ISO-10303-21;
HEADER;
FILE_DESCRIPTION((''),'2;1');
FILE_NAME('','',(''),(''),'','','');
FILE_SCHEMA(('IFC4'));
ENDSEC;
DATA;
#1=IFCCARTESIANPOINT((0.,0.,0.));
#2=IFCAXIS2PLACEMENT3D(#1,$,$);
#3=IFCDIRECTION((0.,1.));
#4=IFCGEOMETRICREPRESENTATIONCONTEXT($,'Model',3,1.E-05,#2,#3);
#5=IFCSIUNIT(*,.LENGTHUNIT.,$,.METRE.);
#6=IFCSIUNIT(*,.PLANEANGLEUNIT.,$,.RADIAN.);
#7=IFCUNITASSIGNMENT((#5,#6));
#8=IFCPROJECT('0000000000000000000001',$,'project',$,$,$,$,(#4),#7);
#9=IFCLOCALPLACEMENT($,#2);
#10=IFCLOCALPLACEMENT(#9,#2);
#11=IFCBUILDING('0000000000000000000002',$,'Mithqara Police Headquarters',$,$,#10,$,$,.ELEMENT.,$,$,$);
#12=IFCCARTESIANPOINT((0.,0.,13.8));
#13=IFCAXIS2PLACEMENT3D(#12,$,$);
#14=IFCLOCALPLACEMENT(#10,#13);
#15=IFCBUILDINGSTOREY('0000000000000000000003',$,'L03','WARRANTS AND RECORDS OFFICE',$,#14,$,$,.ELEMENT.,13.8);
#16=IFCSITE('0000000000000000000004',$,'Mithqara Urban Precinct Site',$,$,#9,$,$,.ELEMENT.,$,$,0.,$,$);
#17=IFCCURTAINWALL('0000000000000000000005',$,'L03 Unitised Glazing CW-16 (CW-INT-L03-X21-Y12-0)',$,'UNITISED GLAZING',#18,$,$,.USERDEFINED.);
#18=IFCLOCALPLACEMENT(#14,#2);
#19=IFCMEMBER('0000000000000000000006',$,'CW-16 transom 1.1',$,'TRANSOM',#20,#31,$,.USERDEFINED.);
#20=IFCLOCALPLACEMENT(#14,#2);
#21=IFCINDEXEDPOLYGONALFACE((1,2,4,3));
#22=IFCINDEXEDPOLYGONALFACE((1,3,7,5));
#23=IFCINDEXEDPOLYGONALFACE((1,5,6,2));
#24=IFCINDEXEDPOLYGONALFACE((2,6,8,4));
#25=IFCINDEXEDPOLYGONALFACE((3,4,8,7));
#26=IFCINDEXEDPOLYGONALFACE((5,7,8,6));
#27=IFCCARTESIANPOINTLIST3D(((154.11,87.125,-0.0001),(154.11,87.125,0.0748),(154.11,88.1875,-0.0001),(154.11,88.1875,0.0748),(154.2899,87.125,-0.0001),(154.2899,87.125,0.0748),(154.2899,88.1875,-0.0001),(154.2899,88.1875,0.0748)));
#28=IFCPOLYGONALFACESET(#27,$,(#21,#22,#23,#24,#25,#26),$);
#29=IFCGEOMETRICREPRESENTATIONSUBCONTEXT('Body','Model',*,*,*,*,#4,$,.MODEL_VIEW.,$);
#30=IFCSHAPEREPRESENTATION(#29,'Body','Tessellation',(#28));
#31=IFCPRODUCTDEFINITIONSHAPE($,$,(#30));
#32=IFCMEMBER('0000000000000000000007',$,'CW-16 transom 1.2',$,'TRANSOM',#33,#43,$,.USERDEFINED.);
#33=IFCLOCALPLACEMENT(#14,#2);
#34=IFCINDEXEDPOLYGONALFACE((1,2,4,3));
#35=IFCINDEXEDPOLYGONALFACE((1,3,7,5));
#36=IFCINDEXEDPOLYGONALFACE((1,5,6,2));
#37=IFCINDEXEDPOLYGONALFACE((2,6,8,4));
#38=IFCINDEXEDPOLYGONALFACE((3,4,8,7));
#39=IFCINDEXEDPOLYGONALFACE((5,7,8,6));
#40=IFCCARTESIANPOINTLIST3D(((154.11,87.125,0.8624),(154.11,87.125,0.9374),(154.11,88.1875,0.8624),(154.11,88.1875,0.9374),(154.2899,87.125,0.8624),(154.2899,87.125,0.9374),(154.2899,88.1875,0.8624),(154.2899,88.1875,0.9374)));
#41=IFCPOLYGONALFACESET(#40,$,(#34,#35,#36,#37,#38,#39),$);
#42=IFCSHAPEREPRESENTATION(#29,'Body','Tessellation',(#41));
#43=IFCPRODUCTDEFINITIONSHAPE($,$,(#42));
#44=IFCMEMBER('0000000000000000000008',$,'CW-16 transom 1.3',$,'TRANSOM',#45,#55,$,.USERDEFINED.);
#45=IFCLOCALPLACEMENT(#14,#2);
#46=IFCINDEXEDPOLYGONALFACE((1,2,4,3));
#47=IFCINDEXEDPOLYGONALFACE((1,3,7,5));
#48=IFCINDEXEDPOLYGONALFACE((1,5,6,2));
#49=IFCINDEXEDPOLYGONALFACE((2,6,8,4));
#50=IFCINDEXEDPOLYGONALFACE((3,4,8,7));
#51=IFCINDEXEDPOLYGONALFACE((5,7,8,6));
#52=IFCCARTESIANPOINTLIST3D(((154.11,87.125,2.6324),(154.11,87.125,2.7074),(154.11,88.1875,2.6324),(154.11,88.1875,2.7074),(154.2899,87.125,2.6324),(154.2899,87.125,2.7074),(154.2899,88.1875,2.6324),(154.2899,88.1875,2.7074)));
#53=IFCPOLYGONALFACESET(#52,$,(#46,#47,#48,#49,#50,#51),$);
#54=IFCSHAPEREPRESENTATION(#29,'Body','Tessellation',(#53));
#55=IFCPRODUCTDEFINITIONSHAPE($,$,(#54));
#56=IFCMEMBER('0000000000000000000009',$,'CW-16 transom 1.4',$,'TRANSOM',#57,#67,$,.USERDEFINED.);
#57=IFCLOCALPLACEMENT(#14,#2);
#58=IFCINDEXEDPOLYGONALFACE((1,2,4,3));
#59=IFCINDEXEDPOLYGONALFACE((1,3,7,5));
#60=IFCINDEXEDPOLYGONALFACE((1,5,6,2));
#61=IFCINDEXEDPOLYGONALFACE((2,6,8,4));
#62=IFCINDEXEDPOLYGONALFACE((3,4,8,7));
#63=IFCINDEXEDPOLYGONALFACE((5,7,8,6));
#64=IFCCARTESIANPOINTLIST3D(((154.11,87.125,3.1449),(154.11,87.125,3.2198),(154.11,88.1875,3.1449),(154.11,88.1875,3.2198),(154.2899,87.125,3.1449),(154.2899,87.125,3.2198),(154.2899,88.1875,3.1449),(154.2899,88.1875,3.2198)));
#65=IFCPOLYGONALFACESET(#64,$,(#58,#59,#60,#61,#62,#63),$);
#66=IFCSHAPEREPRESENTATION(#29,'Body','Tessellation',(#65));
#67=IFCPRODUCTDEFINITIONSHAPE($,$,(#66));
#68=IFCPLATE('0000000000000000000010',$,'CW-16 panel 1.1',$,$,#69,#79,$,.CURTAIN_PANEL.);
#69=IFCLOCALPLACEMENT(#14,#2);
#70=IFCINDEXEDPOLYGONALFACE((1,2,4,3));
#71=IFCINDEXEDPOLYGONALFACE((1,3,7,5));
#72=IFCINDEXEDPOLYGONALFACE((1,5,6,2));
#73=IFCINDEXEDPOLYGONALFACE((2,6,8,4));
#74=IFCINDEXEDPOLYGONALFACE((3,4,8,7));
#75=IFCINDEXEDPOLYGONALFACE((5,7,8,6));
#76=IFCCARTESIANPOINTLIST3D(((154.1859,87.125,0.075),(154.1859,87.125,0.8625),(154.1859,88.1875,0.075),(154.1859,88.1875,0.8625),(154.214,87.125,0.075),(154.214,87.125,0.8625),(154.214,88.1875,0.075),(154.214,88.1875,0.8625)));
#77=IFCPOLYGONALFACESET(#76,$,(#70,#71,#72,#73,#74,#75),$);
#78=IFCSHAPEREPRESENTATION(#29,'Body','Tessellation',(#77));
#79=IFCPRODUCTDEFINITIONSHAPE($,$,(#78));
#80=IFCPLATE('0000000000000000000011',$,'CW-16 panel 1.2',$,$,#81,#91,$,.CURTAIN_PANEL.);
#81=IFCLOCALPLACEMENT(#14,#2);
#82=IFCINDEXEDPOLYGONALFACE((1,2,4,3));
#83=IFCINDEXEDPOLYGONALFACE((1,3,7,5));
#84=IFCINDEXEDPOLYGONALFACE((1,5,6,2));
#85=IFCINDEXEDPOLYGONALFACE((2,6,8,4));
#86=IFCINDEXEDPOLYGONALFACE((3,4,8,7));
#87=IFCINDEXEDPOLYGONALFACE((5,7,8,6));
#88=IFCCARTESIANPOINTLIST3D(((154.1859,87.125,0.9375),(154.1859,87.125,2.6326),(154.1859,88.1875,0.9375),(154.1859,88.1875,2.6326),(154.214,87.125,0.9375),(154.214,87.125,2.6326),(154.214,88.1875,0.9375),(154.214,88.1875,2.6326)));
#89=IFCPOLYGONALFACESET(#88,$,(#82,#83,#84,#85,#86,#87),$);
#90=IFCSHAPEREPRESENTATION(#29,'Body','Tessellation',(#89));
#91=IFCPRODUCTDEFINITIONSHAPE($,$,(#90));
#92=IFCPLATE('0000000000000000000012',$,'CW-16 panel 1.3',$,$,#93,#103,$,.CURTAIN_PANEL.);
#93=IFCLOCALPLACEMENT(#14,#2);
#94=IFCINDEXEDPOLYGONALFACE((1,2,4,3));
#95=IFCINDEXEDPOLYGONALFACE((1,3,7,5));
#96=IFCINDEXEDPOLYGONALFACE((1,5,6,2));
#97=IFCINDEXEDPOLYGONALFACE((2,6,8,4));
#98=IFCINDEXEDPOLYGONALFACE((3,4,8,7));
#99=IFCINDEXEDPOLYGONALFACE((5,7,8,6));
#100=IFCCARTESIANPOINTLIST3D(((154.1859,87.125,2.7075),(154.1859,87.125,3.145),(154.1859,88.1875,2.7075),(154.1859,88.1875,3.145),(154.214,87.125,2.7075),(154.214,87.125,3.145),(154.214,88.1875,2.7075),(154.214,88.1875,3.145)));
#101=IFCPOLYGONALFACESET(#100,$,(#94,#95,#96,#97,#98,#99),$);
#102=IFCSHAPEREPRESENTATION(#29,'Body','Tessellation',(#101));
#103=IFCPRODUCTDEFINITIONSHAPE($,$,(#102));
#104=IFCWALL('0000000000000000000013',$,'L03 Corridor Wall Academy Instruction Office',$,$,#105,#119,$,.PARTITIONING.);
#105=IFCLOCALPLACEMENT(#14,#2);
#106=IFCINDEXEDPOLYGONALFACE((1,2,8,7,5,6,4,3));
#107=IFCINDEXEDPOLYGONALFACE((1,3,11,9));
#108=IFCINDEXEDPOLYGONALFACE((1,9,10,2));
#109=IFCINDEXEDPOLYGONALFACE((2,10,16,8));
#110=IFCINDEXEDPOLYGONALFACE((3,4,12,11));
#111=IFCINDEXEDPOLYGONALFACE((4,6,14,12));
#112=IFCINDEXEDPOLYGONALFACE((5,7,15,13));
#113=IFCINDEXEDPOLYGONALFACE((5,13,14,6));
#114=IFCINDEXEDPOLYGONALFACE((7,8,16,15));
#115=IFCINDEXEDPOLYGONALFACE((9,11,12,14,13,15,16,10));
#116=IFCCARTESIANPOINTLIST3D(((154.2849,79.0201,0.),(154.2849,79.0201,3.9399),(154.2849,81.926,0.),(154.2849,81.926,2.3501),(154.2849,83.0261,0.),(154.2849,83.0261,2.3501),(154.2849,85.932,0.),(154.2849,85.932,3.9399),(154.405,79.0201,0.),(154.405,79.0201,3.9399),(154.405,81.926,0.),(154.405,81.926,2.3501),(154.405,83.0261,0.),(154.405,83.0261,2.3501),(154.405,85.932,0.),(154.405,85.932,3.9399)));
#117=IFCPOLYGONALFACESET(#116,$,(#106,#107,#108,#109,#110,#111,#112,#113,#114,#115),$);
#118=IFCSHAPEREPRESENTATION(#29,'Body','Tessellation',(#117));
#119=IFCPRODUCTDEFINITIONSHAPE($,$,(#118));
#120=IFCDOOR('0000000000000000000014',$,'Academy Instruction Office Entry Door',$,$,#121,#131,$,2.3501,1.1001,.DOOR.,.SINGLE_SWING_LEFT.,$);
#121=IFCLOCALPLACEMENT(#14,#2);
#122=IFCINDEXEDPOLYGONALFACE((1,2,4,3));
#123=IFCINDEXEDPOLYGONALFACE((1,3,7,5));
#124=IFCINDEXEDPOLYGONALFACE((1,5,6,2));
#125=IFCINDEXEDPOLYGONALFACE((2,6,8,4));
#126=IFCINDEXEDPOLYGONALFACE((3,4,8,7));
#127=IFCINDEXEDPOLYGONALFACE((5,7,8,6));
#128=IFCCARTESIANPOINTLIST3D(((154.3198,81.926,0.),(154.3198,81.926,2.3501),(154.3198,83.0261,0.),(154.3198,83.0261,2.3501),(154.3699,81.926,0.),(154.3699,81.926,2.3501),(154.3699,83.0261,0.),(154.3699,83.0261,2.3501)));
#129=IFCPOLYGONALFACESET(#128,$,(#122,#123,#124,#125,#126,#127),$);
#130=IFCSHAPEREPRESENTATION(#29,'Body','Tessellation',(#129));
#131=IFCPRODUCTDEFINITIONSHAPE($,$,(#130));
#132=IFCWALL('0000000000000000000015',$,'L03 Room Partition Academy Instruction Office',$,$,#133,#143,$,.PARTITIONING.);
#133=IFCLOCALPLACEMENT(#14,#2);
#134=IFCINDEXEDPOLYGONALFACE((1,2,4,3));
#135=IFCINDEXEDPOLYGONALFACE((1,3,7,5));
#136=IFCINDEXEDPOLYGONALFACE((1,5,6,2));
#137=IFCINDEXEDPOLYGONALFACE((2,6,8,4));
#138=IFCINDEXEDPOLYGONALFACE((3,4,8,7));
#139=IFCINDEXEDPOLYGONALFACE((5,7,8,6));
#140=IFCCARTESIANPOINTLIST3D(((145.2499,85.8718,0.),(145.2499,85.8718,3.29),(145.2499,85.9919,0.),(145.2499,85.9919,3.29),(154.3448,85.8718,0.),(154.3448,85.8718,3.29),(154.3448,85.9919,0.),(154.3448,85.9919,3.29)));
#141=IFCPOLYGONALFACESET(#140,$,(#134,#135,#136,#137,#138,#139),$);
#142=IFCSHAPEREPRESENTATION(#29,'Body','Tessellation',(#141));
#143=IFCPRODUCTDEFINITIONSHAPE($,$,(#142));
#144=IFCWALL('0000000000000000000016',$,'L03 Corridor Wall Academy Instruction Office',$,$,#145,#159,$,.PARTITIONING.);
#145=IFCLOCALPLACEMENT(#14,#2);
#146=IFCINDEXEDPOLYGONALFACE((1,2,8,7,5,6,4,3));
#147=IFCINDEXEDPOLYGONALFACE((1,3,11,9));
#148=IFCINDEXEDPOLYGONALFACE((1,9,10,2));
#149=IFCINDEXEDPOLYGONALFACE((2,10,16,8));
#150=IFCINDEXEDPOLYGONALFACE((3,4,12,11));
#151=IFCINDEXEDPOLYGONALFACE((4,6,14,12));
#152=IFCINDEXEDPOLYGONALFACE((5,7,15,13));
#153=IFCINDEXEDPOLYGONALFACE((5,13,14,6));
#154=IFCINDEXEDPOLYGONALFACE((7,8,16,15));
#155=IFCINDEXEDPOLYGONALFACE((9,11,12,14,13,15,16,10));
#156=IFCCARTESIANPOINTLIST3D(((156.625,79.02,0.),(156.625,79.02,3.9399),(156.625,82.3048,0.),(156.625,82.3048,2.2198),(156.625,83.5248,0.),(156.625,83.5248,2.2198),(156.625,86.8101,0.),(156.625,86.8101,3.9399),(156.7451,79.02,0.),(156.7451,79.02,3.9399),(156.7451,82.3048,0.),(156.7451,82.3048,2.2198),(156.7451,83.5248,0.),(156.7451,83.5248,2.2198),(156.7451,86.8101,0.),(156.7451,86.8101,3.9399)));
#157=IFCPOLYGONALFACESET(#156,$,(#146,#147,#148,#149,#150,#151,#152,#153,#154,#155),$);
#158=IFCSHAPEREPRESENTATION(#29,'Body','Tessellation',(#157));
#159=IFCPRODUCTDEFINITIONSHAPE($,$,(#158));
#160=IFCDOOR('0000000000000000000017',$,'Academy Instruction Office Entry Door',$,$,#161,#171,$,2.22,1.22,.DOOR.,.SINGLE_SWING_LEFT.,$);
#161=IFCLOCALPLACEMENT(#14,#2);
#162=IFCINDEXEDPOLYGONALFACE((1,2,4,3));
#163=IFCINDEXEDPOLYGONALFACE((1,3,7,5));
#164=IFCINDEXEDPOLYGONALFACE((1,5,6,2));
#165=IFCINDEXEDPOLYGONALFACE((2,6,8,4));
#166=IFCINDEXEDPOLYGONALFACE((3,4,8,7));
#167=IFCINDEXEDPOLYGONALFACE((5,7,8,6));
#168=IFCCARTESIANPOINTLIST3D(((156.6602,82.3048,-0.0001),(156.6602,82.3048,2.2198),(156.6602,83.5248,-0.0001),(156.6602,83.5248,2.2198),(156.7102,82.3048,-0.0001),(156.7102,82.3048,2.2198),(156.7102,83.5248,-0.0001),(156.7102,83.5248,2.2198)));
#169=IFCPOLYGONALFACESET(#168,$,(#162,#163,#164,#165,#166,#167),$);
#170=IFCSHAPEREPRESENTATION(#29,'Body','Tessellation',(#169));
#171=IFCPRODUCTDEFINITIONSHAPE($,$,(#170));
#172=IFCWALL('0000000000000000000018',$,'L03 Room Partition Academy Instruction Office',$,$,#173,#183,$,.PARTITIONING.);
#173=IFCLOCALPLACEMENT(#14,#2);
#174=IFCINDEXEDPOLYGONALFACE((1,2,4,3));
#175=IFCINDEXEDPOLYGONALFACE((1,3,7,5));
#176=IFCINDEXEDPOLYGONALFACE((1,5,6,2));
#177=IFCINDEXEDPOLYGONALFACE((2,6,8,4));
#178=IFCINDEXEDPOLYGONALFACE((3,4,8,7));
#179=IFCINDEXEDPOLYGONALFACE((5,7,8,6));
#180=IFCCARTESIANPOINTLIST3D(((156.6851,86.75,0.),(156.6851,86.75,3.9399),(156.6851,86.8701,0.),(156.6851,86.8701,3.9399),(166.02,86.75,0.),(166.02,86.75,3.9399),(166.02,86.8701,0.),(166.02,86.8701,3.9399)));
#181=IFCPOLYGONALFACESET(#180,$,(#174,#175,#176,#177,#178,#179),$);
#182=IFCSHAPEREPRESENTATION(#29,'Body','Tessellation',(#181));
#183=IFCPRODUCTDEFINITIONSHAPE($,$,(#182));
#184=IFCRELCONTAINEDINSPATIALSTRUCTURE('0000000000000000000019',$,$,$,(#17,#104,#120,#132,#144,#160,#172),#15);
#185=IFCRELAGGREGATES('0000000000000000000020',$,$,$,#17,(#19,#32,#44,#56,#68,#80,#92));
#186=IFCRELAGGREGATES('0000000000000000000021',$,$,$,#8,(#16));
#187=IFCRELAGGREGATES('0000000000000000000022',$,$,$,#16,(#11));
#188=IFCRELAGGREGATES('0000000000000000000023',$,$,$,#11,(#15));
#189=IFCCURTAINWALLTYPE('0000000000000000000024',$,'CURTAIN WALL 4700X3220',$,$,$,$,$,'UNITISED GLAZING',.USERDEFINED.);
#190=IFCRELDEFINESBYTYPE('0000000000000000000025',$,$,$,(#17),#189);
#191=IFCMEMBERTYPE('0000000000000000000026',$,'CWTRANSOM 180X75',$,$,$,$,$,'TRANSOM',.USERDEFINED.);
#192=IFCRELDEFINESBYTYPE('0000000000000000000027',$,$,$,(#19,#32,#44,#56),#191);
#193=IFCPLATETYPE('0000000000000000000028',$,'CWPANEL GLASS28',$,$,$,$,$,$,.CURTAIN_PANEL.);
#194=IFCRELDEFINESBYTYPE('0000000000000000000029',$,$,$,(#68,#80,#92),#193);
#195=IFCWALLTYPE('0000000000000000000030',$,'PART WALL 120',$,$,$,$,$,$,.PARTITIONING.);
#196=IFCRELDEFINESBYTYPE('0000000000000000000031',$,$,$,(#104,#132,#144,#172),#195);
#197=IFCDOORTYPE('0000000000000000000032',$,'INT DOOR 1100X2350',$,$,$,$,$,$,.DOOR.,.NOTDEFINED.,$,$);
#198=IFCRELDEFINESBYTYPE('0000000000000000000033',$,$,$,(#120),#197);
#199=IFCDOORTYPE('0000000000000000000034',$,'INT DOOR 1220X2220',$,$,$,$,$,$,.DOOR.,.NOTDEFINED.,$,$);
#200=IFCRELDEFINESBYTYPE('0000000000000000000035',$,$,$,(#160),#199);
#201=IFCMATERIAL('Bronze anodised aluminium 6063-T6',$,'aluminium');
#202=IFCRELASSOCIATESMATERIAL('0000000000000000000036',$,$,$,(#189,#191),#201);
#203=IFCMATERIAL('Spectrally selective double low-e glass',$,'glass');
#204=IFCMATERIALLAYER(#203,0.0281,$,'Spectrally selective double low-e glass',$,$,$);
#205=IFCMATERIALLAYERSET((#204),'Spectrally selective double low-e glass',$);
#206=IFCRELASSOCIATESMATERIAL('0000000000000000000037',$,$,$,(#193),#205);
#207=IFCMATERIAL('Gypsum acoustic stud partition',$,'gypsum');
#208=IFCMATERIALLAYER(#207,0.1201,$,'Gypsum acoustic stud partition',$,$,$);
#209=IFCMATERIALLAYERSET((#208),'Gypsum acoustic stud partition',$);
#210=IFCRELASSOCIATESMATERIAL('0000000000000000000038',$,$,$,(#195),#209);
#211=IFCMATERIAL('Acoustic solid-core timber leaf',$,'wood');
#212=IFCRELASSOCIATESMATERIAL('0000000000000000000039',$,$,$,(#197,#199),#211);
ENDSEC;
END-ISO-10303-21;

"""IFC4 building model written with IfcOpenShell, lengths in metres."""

from ifc_helpers import new_model, si_unit, direction, frame, frame_2d, origin, origin_2d, place, context, subcontext, project, spatial, rectangle, extrude, material, layer, layer_set, material_profile, profile_set, type_object, element, fill, aggregate, save


model = new_model("IFC4")

# Units and contexts
model_context = context("Model", 3, precision=1e-05, world=origin(), true_north=direction((0.0, 1.0)))
body_context = subcontext(model_context, "Body", "Model", "MODEL_VIEW")
ifc_project = project(units=[si_unit("LENGTHUNIT", "METRE"), si_unit("PLANEANGLEUNIT", "RADIAN")], contexts=[model_context])

# Site, building, storey
site_placement = place(None, origin())
site = spatial("IfcSite", under=ifc_project, at=site_placement, Name="Mithqara Urban Precinct Site", CompositionType="ELEMENT", RefElevation=0.0)
building_placement = place(site_placement, origin())
building = spatial("IfcBuilding", under=site, at=building_placement, Name="Mithqara Police Headquarters", CompositionType="ELEMENT")
storey_placement = place(building_placement, frame((0.0, 0.0, 13.8)))
storey = spatial("IfcBuildingStorey", under=building, at=storey_placement, Name="L03", Description="WARRANTS AND RECORDS OFFICE", CompositionType="ELEMENT", Elevation=13.8)

# Curtain wall, members, plates
ifc_material_1 = material(Name="Bronze anodised aluminium 6063-T6", Category="aluminium")
curtain_wall_type = type_object("IfcCurtainWallType", Name="CURTAIN WALL 4700X3220", ElementType="UNITISED GLAZING", PredefinedType="USERDEFINED", material=ifc_material_1)
curtain_wall_placement = place(storey_placement, origin())
curtain_wall = element("IfcCurtainWall", 1, at=curtain_wall_placement, inside=storey, type_object=curtain_wall_type, Name="L03 Unitised Glazing CW-16 (CW-INT-L03-X21-Y12-0)", ObjectType="UNITISED GLAZING", PredefinedType="USERDEFINED")
ifc_material_profile_1 = material_profile(ifc_material_1, rectangle(XDim=0.1799, YDim=0.075, at=origin_2d()), Name="CWT 180x75")
ifc_profile_set_1 = profile_set([ifc_material_profile_1], Name="Bronze anodised aluminium 6063-T6")
member_type_1 = type_object("IfcMemberType", Name="CWTRANSOM 180X75", ElementType="TRANSOM", PredefinedType="USERDEFINED", material=ifc_profile_set_1)
member_1_placement = place(storey_placement, frame((154.2, 87.125, 0.0374), z_axis=(0.0, 1.0, 0.0), x_axis=(-1.0, 0.0, 0.0)))
member_1 = element("IfcMember", 2, at=member_1_placement, type_object=member_type_1, Name="CW-16 transom 1.1", ObjectType="TRANSOM", PredefinedType="USERDEFINED", context=body_context, shape_type="SweptSolid", body=[
    extrude(rectangle(XDim=0.1799, YDim=0.075, at=origin_2d()), origin(), (0.0, 0.0, 1.0), 1.0625),
])
member_2_placement = place(storey_placement, frame((154.2, 87.125, 0.8999), z_axis=(0.0, 1.0, 0.0), x_axis=(-1.0, 0.0, 0.0)))
member_2 = element("IfcMember", 3, at=member_2_placement, type_object=member_type_1, Name="CW-16 transom 1.2", ObjectType="TRANSOM", PredefinedType="USERDEFINED", context=body_context, shape_type="SweptSolid", body=[
    extrude(rectangle(XDim=0.1799, YDim=0.075, at=origin_2d()), origin(), (0.0, 0.0, 1.0), 1.0625),
])
member_3_placement = place(storey_placement, frame((154.2, 87.125, 2.6699), z_axis=(0.0, 1.0, 0.0), x_axis=(-1.0, 0.0, 0.0)))
member_3 = element("IfcMember", 4, at=member_3_placement, type_object=member_type_1, Name="CW-16 transom 1.3", ObjectType="TRANSOM", PredefinedType="USERDEFINED", context=body_context, shape_type="SweptSolid", body=[
    extrude(rectangle(XDim=0.1799, YDim=0.075, at=origin_2d()), origin(), (0.0, 0.0, 1.0), 1.0625),
])
member_4_placement = place(storey_placement, frame((154.2, 87.125, 3.1824), z_axis=(0.0, 1.0, 0.0), x_axis=(-1.0, 0.0, 0.0)))
member_4 = element("IfcMember", 5, at=member_4_placement, type_object=member_type_1, Name="CW-16 transom 1.4", ObjectType="TRANSOM", PredefinedType="USERDEFINED", context=body_context, shape_type="SweptSolid", body=[
    extrude(rectangle(XDim=0.1799, YDim=0.075, at=origin_2d()), origin(), (0.0, 0.0, 1.0), 1.0625),
])
ifc_material_2 = material(Name="Spectrally selective double low-e glass", Category="glass")
ifc_layer_1 = layer(ifc_material_2, 0.0281, Name="Spectrally selective double low-e glass")
ifc_layer_set_1 = layer_set([ifc_layer_1], Name="Spectrally selective double low-e glass")
plate_type = type_object("IfcPlateType", Name="CWPANEL GLASS28", PredefinedType="CURTAIN_PANEL", material=ifc_layer_set_1)
plate_1_placement = place(storey_placement, frame((154.2, 87.6562, 0.075), z_axis=(0.0, 0.0, 1.0), x_axis=(0.0, 1.0, 0.0)))
plate_1 = element("IfcPlate", 6, at=plate_1_placement, type_object=plate_type, Name="CW-16 panel 1.1", PredefinedType="CURTAIN_PANEL", context=body_context, shape_type="SweptSolid", body=[
    extrude(rectangle(XDim=1.0625, YDim=0.0281, at=origin_2d()), origin(), (0.0, 0.0, 1.0), 0.7876),
])
plate_2_placement = place(storey_placement, frame((154.2, 87.6562, 0.9375), z_axis=(0.0, 0.0, 1.0), x_axis=(0.0, 1.0, 0.0)))
plate_2 = element("IfcPlate", 7, at=plate_2_placement, type_object=plate_type, Name="CW-16 panel 1.2", PredefinedType="CURTAIN_PANEL", context=body_context, shape_type="SweptSolid", body=[
    extrude(rectangle(XDim=1.0625, YDim=0.0281, at=origin_2d()), origin(), (0.0, 0.0, 1.0), 1.6951),
])
plate_3_placement = place(storey_placement, frame((154.2, 87.6562, 2.7075), z_axis=(0.0, 0.0, 1.0), x_axis=(0.0, 1.0, 0.0)))
plate_3 = element("IfcPlate", 8, at=plate_3_placement, type_object=plate_type, Name="CW-16 panel 1.3", PredefinedType="CURTAIN_PANEL", context=body_context, shape_type="SweptSolid", body=[
    extrude(rectangle(XDim=1.0625, YDim=0.0281, at=origin_2d()), origin(), (0.0, 0.0, 1.0), 0.4375),
])
aggregate(curtain_wall, [member_1, member_2, member_3, member_4, plate_1, plate_2, plate_3])

# Wall, opening, door
ifc_material_3 = material(Name="Gypsum acoustic stud partition", Category="gypsum")
ifc_layer_2 = layer(ifc_material_3, 0.1201, Name="Gypsum acoustic stud partition")
ifc_layer_set_2 = layer_set([ifc_layer_2], Name="Gypsum acoustic stud partition")
wall_type = type_object("IfcWallType", Name="PART WALL 120", PredefinedType="PARTITIONING", material=ifc_layer_set_2)
wall_1_placement = place(storey_placement, frame((154.345, 79.02, 0.0), z_axis=(0.0, 0.0, 1.0), x_axis=(0.0, 1.0, 0.0)))
wall_1 = element("IfcWall", 9, at=wall_1_placement, inside=storey, type_object=wall_type, Name="L03 Corridor Wall Academy Instruction Office", PredefinedType="PARTITIONING", context=body_context, shape_type="SweptSolid", body=[
    extrude(rectangle(XDim=6.9119, YDim=0.1201, at=frame_2d((3.4561, 0.0))), origin(), (0.0, 0.0, 1.0), 3.9399),
])
opening_1_placement = place(wall_1_placement, frame((2.906, 0.0, 0.0)))
opening_1 = element("IfcOpeningElement", 10, at=opening_1_placement, cuts=wall_1, PredefinedType="OPENING", context=body_context, shape_type="SweptSolid", body=[
    extrude(rectangle(XDim=1.1001, YDim=2.3501, at=frame_2d((0.55, 1.175))), frame((0.0, 0.0701, 0.0), z_axis=(0.0, -1.0, 0.0), x_axis=(1.0, 0.0, 0.0)), (0.0, 0.0, 1.0), 0.1401),
])
ifc_material_4 = material(Name="Acoustic solid-core timber leaf", Category="wood")
door_type_1 = type_object("IfcDoorType", Name="INT DOOR 1100X2350", OperationType="NOTDEFINED", PredefinedType="DOOR", material=ifc_material_4)
door_1_placement = place(opening_1_placement, frame((1.1001, 0.0, 0.0), z_axis=(0.0, 0.0, 1.0), x_axis=(-1.0, 0.0, 0.0)))
door_1 = element("IfcDoor", 11, at=door_1_placement, inside=storey, type_object=door_type_1, Name="Academy Instruction Office Entry Door", OperationType="SINGLE_SWING_LEFT", OverallHeight=2.3501, OverallWidth=1.1001, PredefinedType="DOOR", context=body_context, shape_type="SweptSolid", body=[
    extrude(rectangle(XDim=1.1001, YDim=2.3501, at=frame_2d((0.55, 1.175))), frame((0.0, 0.0249, 0.0), z_axis=(0.0, -1.0, 0.0), x_axis=(1.0, 0.0, 0.0)), (0.0, 0.0, 1.0), 0.05),
])
fill(opening_1, door_1)

# Wall
wall_2_placement = place(storey_placement, frame((145.25, 85.9319, 0.0), z_axis=(0.0, 0.0, 1.0), x_axis=(1.0, 0.0, 0.0)))
element("IfcWall", 12, at=wall_2_placement, inside=storey, type_object=wall_type, Name="L03 Room Partition Academy Instruction Office", PredefinedType="PARTITIONING", context=body_context, shape_type="SweptSolid", body=[
    extrude(rectangle(XDim=9.095, YDim=0.1201, at=frame_2d((4.5474, 0.0))), origin(), (0.0, 0.0, 1.0), 3.29),
])

# Wall, opening, door
wall_3_placement = place(storey_placement, frame((156.6851, 79.02, 0.0), z_axis=(0.0, 0.0, 1.0), x_axis=(0.0, 1.0, 0.0)))
wall_3 = element("IfcWall", 13, at=wall_3_placement, inside=storey, type_object=wall_type, Name="L03 Corridor Wall Academy Instruction Office", PredefinedType="PARTITIONING", context=body_context, shape_type="SweptSolid", body=[
    extrude(rectangle(XDim=7.79, YDim=0.1201, at=frame_2d((3.895, 0.0))), origin(), (0.0, 0.0, 1.0), 3.9399),
])
opening_2_placement = place(wall_3_placement, frame((3.2849, 0.0, 0.0)))
opening_2 = element("IfcOpeningElement", 14, at=opening_2_placement, cuts=wall_3, PredefinedType="OPENING", context=body_context, shape_type="SweptSolid", body=[
    extrude(rectangle(XDim=1.22, YDim=2.22, at=frame_2d((0.6099, 1.1099))), frame((0.0, 0.0701, 0.0), z_axis=(0.0, -1.0, 0.0), x_axis=(1.0, 0.0, 0.0)), (0.0, 0.0, 1.0), 0.1401),
])
door_type_2 = type_object("IfcDoorType", Name="INT DOOR 1220X2220", OperationType="NOTDEFINED", PredefinedType="DOOR", material=ifc_material_4)
door_2_placement = place(opening_2_placement, origin())
door_2 = element("IfcDoor", 15, at=door_2_placement, inside=storey, type_object=door_type_2, Name="Academy Instruction Office Entry Door", OperationType="SINGLE_SWING_LEFT", OverallHeight=2.22, OverallWidth=1.22, PredefinedType="DOOR", context=body_context, shape_type="SweptSolid", body=[
    extrude(rectangle(XDim=1.22, YDim=2.22, at=frame_2d((0.6099, 1.1099))), frame((0.0, 0.0249, 0.0), z_axis=(0.0, -1.0, 0.0), x_axis=(1.0, 0.0, 0.0)), (0.0, 0.0, 1.0), 0.05),
])
fill(opening_2, door_2)

# Wall
wall_4_placement = place(storey_placement, frame((156.6851, 86.8101, 0.0), z_axis=(0.0, 0.0, 1.0), x_axis=(1.0, 0.0, 0.0)))
element("IfcWall", 16, at=wall_4_placement, inside=storey, type_object=wall_type, Name="L03 Room Partition Academy Instruction Office", PredefinedType="PARTITIONING", context=body_context, shape_type="SweptSolid", body=[
    extrude(rectangle(XDim=9.335, YDim=0.1201, at=frame_2d((4.6675, 0.0))), origin(), (0.0, 0.0, 1.0), 3.9399),
])

save(model, "model.ifc")
